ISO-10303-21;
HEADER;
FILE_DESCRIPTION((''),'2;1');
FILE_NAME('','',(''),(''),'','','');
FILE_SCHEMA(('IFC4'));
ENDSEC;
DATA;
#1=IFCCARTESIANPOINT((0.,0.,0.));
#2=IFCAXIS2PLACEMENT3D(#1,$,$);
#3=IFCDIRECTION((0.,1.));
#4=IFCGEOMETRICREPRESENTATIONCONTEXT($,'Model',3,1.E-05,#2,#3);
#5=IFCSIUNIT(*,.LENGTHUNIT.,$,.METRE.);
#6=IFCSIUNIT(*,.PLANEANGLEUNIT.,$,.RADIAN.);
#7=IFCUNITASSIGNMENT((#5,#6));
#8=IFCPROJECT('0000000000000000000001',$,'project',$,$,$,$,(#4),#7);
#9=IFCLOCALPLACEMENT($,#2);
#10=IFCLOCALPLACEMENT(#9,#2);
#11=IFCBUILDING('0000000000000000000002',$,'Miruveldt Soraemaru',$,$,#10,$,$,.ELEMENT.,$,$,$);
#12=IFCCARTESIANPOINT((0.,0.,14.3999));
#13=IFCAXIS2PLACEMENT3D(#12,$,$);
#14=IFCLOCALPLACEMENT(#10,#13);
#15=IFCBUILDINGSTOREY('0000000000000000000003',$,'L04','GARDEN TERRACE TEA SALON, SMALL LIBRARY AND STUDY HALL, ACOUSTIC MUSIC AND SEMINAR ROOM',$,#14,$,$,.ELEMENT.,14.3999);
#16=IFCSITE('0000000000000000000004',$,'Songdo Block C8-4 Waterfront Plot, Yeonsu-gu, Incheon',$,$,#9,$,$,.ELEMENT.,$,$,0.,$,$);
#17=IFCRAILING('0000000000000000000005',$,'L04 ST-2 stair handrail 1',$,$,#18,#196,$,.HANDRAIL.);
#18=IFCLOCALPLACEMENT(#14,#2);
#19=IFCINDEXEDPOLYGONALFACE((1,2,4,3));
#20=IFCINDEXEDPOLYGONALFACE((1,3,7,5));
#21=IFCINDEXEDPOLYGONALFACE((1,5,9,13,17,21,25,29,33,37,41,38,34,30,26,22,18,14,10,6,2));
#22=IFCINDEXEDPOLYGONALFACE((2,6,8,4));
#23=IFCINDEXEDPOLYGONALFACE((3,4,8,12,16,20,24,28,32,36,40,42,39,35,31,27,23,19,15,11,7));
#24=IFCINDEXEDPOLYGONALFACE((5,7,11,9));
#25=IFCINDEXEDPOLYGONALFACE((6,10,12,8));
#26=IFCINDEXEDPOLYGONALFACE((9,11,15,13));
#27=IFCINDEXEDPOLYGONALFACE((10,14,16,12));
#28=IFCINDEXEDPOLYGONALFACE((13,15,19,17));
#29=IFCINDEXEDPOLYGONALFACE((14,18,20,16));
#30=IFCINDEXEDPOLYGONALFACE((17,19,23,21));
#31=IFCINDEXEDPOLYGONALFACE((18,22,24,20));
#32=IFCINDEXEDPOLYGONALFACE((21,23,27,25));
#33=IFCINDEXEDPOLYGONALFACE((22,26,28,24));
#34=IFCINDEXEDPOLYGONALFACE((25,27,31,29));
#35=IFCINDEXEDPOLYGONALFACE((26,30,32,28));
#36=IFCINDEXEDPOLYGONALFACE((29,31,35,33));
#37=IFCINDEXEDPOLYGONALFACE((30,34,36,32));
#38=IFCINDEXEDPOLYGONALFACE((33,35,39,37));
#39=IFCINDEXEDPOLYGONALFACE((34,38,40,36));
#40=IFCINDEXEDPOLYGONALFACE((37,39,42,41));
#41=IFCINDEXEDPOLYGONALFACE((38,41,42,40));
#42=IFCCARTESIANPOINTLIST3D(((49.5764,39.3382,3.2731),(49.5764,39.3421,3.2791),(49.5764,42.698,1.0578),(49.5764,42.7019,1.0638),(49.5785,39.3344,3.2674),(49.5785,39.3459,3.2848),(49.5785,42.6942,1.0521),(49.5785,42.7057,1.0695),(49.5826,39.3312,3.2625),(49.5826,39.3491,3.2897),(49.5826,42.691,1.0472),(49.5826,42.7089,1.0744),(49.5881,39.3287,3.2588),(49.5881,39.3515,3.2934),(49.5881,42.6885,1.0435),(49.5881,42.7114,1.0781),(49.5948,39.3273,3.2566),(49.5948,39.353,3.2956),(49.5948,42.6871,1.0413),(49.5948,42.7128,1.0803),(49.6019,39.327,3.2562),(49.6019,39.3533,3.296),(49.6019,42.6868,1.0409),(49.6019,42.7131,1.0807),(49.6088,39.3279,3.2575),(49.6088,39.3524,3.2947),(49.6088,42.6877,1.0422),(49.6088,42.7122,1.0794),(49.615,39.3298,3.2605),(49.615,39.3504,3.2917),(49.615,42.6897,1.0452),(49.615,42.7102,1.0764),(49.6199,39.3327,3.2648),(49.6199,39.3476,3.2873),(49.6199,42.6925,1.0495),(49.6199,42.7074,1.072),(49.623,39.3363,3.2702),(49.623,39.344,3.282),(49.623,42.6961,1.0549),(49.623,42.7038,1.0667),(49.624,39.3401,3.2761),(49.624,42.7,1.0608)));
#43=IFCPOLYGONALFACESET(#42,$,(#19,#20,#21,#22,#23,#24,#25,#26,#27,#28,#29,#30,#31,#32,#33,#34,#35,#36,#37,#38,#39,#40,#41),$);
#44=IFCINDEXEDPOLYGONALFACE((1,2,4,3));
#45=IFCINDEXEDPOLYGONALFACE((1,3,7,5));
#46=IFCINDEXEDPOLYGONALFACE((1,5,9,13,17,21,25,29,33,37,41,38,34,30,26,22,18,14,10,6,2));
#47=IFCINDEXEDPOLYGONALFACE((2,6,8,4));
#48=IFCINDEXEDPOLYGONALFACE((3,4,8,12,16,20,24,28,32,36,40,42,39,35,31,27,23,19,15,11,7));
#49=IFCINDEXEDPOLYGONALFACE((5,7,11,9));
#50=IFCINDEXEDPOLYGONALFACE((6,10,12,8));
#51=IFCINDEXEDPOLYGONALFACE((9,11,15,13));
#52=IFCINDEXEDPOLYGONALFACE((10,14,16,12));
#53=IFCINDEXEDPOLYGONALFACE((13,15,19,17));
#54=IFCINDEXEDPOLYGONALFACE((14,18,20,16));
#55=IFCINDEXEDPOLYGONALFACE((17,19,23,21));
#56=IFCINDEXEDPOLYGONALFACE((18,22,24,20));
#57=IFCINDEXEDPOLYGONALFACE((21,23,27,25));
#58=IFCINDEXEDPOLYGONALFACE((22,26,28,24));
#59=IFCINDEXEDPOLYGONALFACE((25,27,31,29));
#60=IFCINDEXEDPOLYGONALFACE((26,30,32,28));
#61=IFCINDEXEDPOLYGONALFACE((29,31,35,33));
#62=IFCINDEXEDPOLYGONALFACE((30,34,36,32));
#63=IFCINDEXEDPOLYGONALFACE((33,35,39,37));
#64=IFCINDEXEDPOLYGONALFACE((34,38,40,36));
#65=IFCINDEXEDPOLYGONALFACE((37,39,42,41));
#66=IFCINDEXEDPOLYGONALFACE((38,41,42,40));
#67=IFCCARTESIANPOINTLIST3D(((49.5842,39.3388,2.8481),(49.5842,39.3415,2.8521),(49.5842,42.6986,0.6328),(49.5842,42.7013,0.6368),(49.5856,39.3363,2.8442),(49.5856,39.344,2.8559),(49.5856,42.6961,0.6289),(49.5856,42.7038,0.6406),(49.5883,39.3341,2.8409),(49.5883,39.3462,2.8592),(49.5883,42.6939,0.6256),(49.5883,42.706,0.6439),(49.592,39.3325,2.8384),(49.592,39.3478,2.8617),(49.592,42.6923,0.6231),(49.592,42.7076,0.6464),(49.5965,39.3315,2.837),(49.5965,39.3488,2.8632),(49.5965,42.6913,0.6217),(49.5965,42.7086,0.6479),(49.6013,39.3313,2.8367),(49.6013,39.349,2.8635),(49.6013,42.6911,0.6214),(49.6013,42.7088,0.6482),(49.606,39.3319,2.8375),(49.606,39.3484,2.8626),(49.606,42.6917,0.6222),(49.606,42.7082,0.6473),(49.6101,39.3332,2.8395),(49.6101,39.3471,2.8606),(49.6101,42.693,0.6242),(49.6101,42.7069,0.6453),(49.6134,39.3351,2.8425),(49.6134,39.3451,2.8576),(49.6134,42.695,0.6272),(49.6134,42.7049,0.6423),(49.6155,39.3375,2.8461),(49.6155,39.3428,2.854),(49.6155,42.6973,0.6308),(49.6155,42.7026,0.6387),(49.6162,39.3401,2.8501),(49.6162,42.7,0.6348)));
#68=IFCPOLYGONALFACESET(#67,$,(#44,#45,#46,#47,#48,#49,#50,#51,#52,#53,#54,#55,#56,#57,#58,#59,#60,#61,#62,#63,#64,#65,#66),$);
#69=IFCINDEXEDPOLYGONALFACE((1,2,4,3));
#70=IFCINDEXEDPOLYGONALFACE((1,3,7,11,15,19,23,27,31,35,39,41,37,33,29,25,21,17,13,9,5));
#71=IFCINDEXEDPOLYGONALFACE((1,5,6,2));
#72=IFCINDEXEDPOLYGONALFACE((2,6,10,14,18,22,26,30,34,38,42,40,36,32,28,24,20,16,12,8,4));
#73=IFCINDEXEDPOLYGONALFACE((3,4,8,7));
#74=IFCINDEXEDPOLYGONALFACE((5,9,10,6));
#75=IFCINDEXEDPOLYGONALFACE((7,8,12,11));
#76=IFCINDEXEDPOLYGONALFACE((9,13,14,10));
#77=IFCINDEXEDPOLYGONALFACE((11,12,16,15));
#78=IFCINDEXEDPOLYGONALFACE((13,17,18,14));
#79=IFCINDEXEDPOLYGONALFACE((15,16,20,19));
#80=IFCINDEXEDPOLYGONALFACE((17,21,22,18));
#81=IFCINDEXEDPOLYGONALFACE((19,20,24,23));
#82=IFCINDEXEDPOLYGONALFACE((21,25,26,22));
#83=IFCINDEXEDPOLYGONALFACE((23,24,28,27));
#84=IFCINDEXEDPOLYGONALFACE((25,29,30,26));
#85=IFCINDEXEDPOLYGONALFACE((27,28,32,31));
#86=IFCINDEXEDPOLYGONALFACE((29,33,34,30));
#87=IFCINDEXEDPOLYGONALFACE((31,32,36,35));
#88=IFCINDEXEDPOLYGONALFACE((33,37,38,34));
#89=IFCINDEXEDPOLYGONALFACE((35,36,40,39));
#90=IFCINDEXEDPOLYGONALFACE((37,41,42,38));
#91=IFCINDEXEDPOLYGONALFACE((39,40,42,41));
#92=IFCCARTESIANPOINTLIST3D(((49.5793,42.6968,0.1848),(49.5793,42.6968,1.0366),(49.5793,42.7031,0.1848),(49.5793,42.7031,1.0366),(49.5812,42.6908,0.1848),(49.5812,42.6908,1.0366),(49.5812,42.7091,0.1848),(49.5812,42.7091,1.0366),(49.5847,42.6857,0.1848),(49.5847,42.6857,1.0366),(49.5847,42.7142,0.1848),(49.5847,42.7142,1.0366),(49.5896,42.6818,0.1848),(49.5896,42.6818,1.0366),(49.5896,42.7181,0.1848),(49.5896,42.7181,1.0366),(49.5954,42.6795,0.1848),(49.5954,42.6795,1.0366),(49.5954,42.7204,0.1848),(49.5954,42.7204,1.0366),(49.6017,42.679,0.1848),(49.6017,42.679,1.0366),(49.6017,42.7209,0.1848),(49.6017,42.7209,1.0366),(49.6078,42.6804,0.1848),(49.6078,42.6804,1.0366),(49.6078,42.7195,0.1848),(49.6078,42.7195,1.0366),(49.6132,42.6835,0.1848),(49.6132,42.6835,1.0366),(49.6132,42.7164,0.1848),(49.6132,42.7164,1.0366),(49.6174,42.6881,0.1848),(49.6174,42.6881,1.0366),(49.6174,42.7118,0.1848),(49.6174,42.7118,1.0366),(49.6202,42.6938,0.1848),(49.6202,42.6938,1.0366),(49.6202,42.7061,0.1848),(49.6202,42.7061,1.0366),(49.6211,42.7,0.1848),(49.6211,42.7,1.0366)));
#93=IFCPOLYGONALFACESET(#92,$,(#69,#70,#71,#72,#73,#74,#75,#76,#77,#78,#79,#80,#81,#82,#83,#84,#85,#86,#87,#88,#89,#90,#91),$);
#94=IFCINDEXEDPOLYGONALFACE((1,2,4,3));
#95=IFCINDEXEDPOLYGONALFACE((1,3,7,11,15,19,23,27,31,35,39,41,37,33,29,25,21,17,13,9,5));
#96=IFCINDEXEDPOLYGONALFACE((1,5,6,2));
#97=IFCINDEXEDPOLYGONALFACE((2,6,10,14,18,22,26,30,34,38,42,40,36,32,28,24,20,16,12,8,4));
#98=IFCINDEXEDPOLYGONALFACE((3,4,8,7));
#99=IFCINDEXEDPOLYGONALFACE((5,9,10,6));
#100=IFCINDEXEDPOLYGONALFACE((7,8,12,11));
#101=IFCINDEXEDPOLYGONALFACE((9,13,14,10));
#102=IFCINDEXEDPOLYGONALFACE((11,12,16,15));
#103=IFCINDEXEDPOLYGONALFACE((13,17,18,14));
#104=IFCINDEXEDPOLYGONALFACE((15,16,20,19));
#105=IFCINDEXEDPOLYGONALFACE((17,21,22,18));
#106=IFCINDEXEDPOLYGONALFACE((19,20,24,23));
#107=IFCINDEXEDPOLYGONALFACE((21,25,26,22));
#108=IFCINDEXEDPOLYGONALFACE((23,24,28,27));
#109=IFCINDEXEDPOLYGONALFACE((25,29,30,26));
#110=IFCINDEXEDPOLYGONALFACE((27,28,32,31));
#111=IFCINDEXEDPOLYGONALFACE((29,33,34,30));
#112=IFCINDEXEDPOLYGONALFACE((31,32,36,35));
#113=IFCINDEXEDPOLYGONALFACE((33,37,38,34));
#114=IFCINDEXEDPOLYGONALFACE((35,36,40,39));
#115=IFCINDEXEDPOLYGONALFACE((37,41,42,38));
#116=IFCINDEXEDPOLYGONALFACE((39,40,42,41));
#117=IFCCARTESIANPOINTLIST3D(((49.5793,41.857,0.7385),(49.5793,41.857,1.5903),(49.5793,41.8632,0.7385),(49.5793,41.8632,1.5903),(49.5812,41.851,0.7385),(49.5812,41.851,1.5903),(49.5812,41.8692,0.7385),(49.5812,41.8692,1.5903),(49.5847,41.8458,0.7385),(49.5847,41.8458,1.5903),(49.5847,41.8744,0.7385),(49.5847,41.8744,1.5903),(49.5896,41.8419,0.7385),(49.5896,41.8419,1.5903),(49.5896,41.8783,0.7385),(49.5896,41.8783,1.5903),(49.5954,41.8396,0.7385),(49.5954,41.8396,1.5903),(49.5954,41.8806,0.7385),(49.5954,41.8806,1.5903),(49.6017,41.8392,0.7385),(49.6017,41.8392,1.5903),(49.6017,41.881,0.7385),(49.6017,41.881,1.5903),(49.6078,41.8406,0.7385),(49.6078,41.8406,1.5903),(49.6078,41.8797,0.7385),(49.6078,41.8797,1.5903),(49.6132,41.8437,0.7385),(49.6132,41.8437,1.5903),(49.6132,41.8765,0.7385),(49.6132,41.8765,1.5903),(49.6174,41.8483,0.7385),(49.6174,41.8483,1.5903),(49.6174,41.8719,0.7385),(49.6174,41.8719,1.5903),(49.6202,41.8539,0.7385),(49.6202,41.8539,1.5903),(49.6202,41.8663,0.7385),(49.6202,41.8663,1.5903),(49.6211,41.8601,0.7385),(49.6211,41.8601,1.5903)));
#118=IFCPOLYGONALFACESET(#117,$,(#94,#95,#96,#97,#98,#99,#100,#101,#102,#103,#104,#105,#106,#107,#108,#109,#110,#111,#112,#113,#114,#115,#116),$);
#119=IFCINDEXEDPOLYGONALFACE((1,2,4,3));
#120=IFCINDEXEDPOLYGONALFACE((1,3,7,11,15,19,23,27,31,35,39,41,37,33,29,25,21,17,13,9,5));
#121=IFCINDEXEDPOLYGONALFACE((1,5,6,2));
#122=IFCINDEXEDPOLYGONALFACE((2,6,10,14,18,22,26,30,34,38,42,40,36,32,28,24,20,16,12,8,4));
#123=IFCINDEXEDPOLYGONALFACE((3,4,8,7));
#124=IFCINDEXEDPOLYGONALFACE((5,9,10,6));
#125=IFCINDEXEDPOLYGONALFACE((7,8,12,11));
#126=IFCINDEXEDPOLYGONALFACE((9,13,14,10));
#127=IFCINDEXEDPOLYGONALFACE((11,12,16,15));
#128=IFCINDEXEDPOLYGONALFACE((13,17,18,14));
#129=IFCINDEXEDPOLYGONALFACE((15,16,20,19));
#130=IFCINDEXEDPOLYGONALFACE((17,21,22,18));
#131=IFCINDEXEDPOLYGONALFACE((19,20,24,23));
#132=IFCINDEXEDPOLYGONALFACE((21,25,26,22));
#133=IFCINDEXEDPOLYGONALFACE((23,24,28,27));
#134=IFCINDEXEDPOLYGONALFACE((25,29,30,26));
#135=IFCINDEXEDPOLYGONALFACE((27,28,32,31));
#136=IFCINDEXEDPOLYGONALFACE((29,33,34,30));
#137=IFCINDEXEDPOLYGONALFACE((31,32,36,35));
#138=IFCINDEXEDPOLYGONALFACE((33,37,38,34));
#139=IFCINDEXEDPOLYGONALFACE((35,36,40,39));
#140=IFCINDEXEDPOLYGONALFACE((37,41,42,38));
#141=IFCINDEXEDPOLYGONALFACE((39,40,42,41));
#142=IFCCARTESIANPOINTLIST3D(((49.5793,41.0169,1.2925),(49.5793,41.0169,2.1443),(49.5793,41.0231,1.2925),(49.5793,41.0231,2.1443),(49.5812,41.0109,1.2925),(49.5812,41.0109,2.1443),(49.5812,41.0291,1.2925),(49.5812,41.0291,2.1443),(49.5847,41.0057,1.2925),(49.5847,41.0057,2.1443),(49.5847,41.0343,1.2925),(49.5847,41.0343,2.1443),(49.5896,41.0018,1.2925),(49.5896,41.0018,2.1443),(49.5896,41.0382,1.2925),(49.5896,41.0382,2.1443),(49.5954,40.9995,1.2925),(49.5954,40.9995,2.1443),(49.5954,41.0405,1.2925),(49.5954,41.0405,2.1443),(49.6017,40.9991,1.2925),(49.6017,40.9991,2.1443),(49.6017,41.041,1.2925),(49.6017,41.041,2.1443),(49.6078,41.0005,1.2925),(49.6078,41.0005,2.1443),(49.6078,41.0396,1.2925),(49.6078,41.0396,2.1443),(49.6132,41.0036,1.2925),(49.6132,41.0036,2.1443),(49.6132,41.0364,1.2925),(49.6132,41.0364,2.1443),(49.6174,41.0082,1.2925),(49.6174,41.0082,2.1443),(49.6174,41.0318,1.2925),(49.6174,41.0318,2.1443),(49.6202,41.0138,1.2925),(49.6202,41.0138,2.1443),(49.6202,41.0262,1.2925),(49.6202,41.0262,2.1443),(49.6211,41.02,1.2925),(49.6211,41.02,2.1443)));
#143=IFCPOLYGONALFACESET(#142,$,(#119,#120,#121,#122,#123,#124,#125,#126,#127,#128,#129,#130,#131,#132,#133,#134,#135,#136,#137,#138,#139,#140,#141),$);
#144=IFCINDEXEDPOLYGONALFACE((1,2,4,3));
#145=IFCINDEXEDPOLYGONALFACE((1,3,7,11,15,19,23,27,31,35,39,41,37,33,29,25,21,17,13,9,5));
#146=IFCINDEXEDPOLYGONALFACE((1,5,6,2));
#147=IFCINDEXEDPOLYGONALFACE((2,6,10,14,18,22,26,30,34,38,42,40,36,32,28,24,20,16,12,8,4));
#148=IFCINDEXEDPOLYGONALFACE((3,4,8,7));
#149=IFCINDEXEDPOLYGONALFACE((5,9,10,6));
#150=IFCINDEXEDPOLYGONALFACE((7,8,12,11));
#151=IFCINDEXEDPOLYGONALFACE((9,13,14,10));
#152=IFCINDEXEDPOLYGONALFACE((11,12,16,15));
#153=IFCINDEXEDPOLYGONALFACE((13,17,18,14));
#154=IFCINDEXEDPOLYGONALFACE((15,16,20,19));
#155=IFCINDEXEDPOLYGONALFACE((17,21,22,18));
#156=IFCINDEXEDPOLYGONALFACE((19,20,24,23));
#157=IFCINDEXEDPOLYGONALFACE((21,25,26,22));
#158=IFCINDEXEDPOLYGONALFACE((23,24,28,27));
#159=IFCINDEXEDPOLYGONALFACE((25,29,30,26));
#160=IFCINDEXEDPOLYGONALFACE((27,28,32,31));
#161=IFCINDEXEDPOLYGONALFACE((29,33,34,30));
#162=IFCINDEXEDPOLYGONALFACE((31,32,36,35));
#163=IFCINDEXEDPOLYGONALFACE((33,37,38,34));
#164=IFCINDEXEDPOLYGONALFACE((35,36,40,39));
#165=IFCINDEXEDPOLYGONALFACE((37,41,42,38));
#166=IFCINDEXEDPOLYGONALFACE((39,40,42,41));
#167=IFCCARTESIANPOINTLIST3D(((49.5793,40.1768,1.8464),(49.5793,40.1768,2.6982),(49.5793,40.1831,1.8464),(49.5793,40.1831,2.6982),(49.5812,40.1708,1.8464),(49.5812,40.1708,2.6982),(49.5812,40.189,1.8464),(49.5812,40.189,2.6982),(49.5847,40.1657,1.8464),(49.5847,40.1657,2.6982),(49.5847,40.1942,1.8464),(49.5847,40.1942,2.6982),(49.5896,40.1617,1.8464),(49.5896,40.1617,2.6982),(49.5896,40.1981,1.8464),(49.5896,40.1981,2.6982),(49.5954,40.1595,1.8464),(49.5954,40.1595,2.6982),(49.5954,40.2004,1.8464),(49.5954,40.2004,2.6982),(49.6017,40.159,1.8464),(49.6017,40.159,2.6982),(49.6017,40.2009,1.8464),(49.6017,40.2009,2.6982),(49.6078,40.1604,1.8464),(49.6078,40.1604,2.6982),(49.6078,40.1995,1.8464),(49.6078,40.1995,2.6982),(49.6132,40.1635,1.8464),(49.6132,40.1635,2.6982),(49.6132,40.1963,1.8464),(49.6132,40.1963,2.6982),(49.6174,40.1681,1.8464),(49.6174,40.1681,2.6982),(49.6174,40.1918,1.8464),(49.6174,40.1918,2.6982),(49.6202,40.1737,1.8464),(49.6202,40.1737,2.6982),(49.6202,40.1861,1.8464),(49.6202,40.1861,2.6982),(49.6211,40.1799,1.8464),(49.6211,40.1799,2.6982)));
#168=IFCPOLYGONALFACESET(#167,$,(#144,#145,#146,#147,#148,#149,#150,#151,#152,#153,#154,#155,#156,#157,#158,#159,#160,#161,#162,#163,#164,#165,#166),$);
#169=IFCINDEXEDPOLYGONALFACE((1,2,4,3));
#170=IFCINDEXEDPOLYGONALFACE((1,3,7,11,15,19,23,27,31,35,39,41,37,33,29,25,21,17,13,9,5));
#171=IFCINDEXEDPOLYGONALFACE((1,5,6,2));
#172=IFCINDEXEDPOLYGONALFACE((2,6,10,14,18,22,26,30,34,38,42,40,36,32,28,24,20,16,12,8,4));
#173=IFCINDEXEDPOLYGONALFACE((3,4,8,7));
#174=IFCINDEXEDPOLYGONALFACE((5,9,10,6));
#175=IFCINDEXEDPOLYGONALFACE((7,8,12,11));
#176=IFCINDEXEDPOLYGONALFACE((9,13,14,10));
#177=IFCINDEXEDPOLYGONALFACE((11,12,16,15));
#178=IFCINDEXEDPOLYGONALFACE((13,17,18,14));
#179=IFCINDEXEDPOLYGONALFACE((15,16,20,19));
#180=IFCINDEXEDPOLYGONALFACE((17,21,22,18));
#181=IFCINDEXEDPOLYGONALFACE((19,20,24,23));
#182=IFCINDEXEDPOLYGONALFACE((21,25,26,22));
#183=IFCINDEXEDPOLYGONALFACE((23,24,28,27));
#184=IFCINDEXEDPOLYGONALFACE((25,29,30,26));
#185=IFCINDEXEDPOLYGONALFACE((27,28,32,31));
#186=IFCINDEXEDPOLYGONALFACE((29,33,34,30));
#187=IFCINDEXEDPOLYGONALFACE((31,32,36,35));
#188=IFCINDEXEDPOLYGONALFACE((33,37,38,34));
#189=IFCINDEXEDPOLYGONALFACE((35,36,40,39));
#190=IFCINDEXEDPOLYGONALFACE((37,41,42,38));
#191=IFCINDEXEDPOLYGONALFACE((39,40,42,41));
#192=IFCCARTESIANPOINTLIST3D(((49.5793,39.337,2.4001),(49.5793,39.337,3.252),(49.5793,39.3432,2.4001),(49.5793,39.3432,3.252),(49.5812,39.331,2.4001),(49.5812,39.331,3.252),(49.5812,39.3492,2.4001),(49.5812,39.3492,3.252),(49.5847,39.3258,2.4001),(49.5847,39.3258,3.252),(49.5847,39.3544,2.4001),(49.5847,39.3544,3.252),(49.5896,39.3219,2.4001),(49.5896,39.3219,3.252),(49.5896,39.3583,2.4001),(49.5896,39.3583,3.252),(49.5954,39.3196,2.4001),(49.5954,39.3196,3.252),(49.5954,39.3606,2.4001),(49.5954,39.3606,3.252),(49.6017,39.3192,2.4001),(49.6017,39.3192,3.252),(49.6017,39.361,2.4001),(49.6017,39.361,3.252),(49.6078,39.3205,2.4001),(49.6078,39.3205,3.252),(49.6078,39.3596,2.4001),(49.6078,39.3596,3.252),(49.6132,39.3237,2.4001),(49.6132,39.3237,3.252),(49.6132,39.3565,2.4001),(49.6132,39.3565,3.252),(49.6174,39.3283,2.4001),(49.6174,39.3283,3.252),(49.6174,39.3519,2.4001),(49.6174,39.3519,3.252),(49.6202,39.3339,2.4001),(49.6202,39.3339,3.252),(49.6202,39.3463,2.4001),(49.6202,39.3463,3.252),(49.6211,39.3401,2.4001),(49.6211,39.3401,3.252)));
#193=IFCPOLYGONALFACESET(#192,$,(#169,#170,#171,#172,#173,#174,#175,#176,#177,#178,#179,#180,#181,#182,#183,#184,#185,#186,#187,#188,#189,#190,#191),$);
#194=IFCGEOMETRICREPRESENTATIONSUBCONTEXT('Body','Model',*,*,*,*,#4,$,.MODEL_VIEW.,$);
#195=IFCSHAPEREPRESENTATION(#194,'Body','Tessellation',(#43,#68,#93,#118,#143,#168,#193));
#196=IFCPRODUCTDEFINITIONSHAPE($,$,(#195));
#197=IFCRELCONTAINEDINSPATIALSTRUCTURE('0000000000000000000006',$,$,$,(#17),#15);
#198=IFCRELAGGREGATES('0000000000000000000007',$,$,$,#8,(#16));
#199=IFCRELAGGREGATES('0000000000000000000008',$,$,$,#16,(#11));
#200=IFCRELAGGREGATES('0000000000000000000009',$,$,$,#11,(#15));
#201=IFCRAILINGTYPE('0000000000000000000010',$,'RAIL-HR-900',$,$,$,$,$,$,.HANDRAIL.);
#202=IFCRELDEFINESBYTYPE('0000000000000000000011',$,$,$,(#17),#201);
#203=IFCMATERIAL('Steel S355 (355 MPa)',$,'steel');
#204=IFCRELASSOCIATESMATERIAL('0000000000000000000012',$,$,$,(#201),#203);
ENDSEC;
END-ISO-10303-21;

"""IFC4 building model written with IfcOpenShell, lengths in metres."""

from ifc_helpers import new_model, si_unit, direction, frame, origin, origin_2d, place, context, subcontext, project, spatial, circle, extrude, material, type_object, element, save


model = new_model("IFC4")

# Units and contexts
model_context = context("Model", 3, precision=1e-05, world=origin(), true_north=direction((0.0, 1.0)))
body_context = subcontext(model_context, "Body", "Model", "MODEL_VIEW")
ifc_project = project(units=[si_unit("LENGTHUNIT", "METRE"), si_unit("PLANEANGLEUNIT", "RADIAN")], contexts=[model_context])

# Site, building, storey
site_placement = place(None, origin())
site = spatial("IfcSite", under=ifc_project, at=site_placement, Name="Songdo Block C8-4 Waterfront Plot, Yeonsu-gu, Incheon", CompositionType="ELEMENT", RefElevation=0.0)
building_placement = place(site_placement, origin())
building = spatial("IfcBuilding", under=site, at=building_placement, Name="Miruveldt Soraemaru", CompositionType="ELEMENT")
storey_placement = place(building_placement, frame((0.0, 0.0, 14.3999)))
storey = spatial("IfcBuildingStorey", under=building, at=storey_placement, Name="L04", Description="GARDEN TERRACE TEA SALON, SMALL LIBRARY AND STUDY HALL, ACOUSTIC MUSIC AND SEMINAR ROOM", CompositionType="ELEMENT", Elevation=14.3999)

# Railing
ifc_material_1 = material(Name="Steel S355 (355 MPa)", Category="steel")
railing_type = type_object("IfcRailingType", Name="RAIL-HR-900", PredefinedType="HANDRAIL", material=ifc_material_1)
railing_placement = place(storey_placement, frame((49.6001, 42.7, 0.1848)))
element("IfcRailing", 1, at=railing_placement, inside=storey, type_object=railing_type, Name="L04 ST-2 stair handrail 1", PredefinedType="HANDRAIL", context=body_context, shape_type="SweptSolid", body=[
    extrude(circle(Radius=0.0239, at=origin_2d()), frame((0.0, 0.0, 0.876), z_axis=(0.0, -0.834858, 0.550465), x_axis=(1.0, 0.0, 0.0)), (0.0, 0.0, 1.0), 4.0244),
    extrude(circle(Radius=0.0161, at=origin_2d()), frame((0.0, 0.0, 0.45), z_axis=(0.0, -0.834858, 0.550465), x_axis=(1.0, 0.0, 0.0)), (0.0, 0.0, 1.0), 4.0244),
    extrude(circle(Radius=0.021, at=origin_2d()), origin(), (0.0, 0.0, 1.0), 0.8518),
    extrude(circle(Radius=0.021, at=origin_2d()), frame((0.0, -0.8398, 0.5537)), (0.0, 0.0, 1.0), 0.8518),
    extrude(circle(Radius=0.021, at=origin_2d()), frame((0.0, -1.6799, 1.1077)), (0.0, 0.0, 1.0), 0.8518),
    extrude(circle(Radius=0.021, at=origin_2d()), frame((0.0, -2.52, 1.6616)), (0.0, 0.0, 1.0), 0.8518),
    extrude(circle(Radius=0.021, at=origin_2d()), frame((0.0, -3.3599, 2.2153)), (0.0, 0.0, 1.0), 0.8518),
])

save(model, "model.ifc")
